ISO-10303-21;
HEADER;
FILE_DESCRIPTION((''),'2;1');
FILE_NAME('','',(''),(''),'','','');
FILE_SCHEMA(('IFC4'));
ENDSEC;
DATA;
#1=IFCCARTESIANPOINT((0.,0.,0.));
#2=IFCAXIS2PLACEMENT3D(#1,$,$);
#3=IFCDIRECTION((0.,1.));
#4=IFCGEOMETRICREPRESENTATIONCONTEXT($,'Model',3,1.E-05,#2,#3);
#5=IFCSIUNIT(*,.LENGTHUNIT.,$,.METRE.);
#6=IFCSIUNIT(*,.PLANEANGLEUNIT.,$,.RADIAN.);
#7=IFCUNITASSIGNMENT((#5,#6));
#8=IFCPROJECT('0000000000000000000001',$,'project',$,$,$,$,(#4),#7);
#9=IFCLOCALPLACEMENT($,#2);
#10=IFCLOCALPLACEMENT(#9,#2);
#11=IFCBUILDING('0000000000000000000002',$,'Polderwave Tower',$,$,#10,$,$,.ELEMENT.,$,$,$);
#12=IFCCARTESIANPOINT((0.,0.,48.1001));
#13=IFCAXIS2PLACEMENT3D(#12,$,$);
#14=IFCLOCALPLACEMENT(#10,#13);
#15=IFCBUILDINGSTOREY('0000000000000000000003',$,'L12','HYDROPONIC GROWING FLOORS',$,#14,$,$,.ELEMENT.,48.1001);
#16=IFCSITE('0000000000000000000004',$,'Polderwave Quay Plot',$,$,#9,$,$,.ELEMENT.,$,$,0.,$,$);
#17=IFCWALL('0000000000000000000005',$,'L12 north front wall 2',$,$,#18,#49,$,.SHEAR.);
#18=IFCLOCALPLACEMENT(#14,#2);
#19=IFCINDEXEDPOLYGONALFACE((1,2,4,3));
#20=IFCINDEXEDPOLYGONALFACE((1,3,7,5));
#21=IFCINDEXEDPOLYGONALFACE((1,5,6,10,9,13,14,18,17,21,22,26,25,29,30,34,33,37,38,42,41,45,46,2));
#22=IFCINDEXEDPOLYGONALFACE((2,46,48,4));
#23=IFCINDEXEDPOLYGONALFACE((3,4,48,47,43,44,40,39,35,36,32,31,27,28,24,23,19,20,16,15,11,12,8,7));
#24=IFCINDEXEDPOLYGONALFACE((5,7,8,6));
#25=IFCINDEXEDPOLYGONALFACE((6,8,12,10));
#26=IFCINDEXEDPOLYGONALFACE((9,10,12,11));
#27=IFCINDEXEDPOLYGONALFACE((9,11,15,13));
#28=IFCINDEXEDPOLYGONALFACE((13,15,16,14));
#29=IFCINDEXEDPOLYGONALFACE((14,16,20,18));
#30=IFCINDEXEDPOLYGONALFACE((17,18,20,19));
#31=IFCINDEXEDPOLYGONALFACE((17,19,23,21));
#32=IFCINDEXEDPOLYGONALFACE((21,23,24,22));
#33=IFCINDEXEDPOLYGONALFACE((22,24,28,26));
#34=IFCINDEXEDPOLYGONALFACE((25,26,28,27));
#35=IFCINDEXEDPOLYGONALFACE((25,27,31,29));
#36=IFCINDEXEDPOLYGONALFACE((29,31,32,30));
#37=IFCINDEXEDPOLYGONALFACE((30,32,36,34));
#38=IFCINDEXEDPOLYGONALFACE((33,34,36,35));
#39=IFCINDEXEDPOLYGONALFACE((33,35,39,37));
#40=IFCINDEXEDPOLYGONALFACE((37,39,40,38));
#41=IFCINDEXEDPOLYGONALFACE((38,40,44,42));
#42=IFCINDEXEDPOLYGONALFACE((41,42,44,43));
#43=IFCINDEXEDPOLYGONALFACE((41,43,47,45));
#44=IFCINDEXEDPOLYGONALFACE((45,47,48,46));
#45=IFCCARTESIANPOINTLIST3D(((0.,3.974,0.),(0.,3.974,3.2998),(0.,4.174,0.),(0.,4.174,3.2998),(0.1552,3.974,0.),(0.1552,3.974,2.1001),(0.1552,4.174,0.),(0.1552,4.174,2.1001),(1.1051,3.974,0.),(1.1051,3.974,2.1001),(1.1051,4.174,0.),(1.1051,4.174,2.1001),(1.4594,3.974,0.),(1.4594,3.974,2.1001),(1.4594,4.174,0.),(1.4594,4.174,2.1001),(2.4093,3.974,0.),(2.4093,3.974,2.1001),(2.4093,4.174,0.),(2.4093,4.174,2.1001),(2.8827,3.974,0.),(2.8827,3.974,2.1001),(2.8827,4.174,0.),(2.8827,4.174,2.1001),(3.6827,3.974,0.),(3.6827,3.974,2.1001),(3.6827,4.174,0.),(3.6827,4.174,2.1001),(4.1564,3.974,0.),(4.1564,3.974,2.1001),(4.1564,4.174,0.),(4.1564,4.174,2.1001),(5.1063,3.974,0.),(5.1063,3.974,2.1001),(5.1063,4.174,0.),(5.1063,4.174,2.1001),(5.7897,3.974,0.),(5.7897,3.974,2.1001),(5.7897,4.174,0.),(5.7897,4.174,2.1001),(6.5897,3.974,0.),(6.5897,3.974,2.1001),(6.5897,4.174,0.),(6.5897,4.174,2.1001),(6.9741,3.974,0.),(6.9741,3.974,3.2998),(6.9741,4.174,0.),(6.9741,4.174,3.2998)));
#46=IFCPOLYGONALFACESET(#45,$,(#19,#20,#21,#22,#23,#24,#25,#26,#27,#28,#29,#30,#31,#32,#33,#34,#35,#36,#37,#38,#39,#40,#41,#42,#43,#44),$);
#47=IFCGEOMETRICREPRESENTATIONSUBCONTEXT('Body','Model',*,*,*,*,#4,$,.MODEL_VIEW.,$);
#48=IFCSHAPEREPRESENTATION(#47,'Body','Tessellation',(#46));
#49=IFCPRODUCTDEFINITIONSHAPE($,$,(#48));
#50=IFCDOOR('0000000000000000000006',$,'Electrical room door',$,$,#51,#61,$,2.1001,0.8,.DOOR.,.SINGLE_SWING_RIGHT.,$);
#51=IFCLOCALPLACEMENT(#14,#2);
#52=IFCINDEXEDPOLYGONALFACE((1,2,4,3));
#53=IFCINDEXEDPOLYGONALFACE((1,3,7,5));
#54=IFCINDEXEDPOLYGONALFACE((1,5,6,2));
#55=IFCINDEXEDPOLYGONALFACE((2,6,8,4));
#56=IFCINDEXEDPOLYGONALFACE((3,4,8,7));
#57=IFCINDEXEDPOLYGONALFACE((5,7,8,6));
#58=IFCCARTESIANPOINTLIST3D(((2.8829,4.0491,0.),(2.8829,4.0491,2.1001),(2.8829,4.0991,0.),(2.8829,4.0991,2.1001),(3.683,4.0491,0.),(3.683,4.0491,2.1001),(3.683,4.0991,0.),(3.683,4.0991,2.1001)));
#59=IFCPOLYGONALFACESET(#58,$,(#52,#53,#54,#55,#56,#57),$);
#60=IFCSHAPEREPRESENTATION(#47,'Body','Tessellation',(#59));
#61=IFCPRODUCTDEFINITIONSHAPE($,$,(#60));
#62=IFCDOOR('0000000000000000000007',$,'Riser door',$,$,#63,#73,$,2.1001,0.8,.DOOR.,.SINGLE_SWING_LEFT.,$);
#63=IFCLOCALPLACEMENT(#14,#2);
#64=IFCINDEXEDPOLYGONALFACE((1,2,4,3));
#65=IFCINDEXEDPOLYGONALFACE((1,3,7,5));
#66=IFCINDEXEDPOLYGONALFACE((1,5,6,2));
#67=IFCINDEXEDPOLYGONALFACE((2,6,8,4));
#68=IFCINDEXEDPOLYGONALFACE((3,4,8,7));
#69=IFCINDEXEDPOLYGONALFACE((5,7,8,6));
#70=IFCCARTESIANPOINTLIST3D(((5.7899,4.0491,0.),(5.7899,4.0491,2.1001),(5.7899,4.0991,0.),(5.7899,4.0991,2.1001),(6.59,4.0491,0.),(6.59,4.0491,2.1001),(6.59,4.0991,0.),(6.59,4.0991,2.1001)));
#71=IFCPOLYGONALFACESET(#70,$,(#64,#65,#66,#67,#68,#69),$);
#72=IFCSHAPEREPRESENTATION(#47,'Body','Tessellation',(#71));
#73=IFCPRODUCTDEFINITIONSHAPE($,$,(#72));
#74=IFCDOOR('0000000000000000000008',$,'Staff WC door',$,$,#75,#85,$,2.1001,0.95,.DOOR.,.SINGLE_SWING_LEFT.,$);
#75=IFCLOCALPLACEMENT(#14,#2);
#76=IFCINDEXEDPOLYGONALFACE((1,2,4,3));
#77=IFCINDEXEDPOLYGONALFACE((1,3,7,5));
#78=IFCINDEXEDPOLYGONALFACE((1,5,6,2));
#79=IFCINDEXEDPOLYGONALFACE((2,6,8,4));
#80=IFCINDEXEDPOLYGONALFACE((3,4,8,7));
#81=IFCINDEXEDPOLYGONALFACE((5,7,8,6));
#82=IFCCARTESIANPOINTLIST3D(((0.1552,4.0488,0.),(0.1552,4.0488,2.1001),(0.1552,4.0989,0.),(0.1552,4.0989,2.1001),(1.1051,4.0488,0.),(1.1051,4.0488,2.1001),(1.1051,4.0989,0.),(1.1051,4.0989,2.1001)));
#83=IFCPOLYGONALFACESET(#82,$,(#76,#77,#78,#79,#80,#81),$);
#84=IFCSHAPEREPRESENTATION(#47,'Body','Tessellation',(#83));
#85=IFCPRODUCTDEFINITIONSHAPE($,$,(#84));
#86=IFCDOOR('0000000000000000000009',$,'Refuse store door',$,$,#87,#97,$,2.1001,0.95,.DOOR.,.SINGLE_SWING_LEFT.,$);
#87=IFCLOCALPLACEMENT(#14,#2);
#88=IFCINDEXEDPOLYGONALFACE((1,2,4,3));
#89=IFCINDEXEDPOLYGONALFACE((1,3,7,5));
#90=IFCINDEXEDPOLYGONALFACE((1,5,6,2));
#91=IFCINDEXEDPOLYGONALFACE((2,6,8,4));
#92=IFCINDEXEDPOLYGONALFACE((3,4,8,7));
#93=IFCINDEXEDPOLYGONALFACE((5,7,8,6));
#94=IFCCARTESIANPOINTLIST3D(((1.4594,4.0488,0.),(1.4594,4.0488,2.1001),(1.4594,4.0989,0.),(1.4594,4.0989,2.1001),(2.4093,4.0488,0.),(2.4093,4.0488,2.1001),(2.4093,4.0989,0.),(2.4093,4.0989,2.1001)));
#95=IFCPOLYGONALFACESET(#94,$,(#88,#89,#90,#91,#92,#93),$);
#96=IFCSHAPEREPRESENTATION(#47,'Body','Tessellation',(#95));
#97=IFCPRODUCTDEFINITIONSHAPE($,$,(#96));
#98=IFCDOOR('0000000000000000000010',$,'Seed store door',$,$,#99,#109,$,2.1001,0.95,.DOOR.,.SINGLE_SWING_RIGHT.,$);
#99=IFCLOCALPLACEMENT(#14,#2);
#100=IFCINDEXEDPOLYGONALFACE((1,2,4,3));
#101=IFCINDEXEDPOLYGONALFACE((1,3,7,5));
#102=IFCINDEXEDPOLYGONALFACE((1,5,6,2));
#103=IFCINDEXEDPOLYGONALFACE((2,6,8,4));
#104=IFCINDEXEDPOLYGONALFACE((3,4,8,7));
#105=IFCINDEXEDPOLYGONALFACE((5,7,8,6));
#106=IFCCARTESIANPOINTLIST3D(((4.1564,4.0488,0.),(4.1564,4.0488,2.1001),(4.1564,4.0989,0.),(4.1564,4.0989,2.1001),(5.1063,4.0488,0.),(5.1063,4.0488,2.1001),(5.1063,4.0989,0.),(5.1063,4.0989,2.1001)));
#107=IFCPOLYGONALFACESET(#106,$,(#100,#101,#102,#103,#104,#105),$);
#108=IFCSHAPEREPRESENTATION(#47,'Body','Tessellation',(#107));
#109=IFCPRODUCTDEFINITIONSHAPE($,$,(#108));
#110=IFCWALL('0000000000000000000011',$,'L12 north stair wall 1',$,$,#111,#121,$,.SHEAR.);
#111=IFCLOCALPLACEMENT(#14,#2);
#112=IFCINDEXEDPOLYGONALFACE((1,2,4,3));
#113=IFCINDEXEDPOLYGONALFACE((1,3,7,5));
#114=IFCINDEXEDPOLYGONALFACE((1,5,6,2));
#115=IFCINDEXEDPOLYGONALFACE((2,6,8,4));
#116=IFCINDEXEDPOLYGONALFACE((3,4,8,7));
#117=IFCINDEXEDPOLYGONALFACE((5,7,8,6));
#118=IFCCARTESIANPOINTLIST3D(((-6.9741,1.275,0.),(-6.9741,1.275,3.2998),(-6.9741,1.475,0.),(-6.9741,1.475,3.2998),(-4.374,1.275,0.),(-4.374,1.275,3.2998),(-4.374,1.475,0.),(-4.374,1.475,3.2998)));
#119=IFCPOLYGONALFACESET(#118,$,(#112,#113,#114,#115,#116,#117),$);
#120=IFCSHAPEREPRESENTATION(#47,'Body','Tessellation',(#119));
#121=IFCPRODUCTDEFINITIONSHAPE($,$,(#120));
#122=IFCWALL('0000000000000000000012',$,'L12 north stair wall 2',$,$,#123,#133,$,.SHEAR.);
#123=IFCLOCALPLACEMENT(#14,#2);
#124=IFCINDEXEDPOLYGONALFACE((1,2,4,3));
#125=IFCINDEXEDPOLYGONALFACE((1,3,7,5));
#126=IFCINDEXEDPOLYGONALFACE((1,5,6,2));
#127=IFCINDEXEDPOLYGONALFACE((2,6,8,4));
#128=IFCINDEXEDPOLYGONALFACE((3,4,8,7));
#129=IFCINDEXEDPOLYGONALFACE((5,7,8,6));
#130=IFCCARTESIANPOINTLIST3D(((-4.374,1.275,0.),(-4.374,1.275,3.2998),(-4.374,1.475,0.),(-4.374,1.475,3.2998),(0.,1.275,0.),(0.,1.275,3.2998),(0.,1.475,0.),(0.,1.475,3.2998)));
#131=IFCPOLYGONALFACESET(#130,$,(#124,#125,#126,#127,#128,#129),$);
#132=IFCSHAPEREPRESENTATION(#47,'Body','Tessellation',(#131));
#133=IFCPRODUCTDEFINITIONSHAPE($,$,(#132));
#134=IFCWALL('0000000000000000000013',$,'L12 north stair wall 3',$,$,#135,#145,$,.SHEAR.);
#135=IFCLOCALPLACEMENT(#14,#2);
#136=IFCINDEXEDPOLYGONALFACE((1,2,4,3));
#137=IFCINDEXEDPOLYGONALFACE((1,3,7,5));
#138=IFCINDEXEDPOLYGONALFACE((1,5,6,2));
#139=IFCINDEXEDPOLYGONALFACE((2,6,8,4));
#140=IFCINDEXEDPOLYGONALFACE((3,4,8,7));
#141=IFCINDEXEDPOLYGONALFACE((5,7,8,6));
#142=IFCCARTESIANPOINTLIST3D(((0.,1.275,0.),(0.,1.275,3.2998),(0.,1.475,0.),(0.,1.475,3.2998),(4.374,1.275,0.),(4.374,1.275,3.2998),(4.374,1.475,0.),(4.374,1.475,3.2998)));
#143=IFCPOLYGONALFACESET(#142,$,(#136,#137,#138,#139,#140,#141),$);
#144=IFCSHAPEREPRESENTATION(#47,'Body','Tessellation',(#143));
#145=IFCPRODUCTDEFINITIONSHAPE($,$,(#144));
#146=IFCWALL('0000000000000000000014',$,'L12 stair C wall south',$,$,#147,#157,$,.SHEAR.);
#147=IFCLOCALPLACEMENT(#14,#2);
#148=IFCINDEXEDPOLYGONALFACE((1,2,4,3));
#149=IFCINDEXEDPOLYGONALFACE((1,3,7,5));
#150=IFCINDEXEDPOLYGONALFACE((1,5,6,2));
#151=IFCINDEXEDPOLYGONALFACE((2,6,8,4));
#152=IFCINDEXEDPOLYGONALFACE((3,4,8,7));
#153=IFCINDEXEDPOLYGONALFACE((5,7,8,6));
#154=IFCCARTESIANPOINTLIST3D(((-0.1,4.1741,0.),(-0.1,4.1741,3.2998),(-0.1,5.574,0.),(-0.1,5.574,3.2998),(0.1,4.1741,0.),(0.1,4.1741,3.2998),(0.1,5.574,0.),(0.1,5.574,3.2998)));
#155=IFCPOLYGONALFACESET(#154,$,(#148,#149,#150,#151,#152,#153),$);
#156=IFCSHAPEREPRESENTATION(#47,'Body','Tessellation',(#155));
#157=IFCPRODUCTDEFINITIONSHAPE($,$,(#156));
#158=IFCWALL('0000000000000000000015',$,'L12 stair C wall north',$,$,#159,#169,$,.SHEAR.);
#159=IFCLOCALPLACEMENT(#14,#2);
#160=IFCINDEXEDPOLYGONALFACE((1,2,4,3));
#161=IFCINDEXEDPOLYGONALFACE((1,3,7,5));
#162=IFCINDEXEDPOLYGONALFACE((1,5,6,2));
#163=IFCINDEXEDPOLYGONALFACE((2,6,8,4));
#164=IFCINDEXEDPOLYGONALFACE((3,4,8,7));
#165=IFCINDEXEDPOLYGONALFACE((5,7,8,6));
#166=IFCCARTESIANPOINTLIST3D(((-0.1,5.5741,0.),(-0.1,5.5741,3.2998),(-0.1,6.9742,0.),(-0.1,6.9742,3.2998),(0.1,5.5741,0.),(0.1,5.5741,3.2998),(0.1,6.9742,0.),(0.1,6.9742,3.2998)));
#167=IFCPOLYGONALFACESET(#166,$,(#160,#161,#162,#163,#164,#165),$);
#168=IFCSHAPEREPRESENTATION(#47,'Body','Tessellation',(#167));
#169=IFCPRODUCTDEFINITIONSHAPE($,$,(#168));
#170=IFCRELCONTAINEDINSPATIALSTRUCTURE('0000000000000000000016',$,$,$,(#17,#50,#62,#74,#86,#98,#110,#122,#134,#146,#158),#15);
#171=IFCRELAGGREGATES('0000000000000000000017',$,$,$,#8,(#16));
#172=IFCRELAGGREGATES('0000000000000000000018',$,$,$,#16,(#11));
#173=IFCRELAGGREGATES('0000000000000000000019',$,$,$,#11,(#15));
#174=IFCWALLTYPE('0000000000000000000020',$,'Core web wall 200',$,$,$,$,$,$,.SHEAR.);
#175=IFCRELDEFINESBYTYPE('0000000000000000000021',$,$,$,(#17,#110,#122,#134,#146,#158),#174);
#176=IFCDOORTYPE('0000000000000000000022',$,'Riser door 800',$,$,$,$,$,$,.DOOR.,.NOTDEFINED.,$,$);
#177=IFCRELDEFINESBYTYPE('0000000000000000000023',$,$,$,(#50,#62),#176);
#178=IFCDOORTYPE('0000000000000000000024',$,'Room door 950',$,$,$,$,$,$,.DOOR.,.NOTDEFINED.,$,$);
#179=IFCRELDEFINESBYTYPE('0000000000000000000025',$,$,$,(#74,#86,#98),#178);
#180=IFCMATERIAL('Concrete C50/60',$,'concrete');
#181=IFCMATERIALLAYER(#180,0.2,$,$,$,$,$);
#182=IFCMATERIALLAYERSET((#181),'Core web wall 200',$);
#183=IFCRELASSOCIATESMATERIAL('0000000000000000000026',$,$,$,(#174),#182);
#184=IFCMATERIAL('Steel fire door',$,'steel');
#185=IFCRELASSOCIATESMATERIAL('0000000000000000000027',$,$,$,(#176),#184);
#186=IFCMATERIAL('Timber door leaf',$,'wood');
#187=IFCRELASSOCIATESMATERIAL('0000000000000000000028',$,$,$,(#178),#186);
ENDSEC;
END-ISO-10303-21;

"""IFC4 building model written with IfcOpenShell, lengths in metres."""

from ifc_helpers import new_model, si_unit, direction, frame, frame_2d, origin, place, context, subcontext, project, spatial, rectangle, extrude, material, layer, layer_set, type_object, element, fill, save


model = new_model("IFC4")

# Units and contexts
model_context = context("Model", 3, precision=1e-05, world=origin(), true_north=direction((0.0, 1.0)))
body_context = subcontext(model_context, "Body", "Model", "MODEL_VIEW")
ifc_project = project(units=[si_unit("LENGTHUNIT", "METRE"), si_unit("PLANEANGLEUNIT", "RADIAN")], contexts=[model_context])

# Site, building, storey
site_placement = place(None, origin())
site = spatial("IfcSite", under=ifc_project, at=site_placement, Name="Polderwave Quay Plot", CompositionType="ELEMENT", RefElevation=0.0)
building_placement = place(site_placement, origin())
building = spatial("IfcBuilding", under=site, at=building_placement, Name="Polderwave Tower", CompositionType="ELEMENT")
storey_placement = place(building_placement, frame((0.0, 0.0, 48.1001)))
storey = spatial("IfcBuildingStorey", under=building, at=storey_placement, Name="L12", Description="HYDROPONIC GROWING FLOORS", CompositionType="ELEMENT", Elevation=48.1001)

# Shared definitions
ifc_material_1 = material(Name="Steel fire door", Category="steel")

# Shared definitions
ifc_material_2 = material(Name="Concrete C50/60", Category="concrete")
ifc_layer_1 = layer(ifc_material_2, 0.2)
ifc_layer_set_1 = layer_set([ifc_layer_1], Name="Core web wall 200")
wall_type_1 = type_object("IfcWallType", Name="Core web wall 200", PredefinedType="SHEAR", material=ifc_layer_set_1)

# Wall, openings, doors
wall_1_placement = place(storey_placement, frame((0.0, 4.074, 0.0), z_axis=(0.0, 0.0, 1.0), x_axis=(1.0, 0.0, 0.0)))
wall_1 = element("IfcWall", 1, at=wall_1_placement, inside=storey, type_object=wall_type_1, Name="L12 north front wall 2", PredefinedType="SHEAR", context=body_context, shape_type="SweptSolid", body=[
    extrude(rectangle(XDim=6.9741, YDim=0.2, at=frame_2d((3.4871, 0.0))), origin(), (0.0, 0.0, 1.0), 3.2998),
])
opening_1_placement = place(wall_1_placement, frame((0.155, 0.0, 0.0)))
opening_1 = element("IfcOpeningElement", 2, at=opening_1_placement, cuts=wall_1, PredefinedType="OPENING", context=body_context, shape_type="SweptSolid", body=[
    extrude(rectangle(XDim=0.95, YDim=2.1001, at=frame_2d((0.4751, 1.05))), frame((0.0, 0.1099, 0.0), z_axis=(0.0, -1.0, 0.0), x_axis=(1.0, 0.0, 0.0)), (0.0, 0.0, 1.0), 0.22),
])
opening_2_placement = place(wall_1_placement, frame((1.4592, 0.0, 0.0)))
opening_2 = element("IfcOpeningElement", 3, at=opening_2_placement, cuts=wall_1, PredefinedType="OPENING", context=body_context, shape_type="SweptSolid", body=[
    extrude(rectangle(XDim=0.95, YDim=2.1001, at=frame_2d((0.4751, 1.05))), frame((0.0, 0.1099, 0.0), z_axis=(0.0, -1.0, 0.0), x_axis=(1.0, 0.0, 0.0)), (0.0, 0.0, 1.0), 0.22),
])
opening_3_placement = place(wall_1_placement, frame((2.8828, 0.0, 0.0)))
opening_3 = element("IfcOpeningElement", 4, at=opening_3_placement, cuts=wall_1, PredefinedType="OPENING", context=body_context, shape_type="SweptSolid", body=[
    extrude(rectangle(XDim=0.8, YDim=2.1001, at=frame_2d((0.3999, 1.05))), frame((0.0, 0.1099, 0.0), z_axis=(0.0, -1.0, 0.0), x_axis=(1.0, 0.0, 0.0)), (0.0, 0.0, 1.0), 0.22),
])
opening_4_placement = place(wall_1_placement, frame((4.1562, 0.0, 0.0)))
opening_4 = element("IfcOpeningElement", 5, at=opening_4_placement, cuts=wall_1, PredefinedType="OPENING", context=body_context, shape_type="SweptSolid", body=[
    extrude(rectangle(XDim=0.95, YDim=2.1001, at=frame_2d((0.4751, 1.05))), frame((0.0, 0.1099, 0.0), z_axis=(0.0, -1.0, 0.0), x_axis=(1.0, 0.0, 0.0)), (0.0, 0.0, 1.0), 0.22),
])
opening_5_placement = place(wall_1_placement, frame((5.7898, 0.0, 0.0)))
opening_5 = element("IfcOpeningElement", 6, at=opening_5_placement, cuts=wall_1, PredefinedType="OPENING", context=body_context, shape_type="SweptSolid", body=[
    extrude(rectangle(XDim=0.8, YDim=2.1001, at=frame_2d((0.3999, 1.05))), frame((0.0, 0.1099, 0.0), z_axis=(0.0, -1.0, 0.0), x_axis=(1.0, 0.0, 0.0)), (0.0, 0.0, 1.0), 0.22),
])
door_type_1 = type_object("IfcDoorType", Name="Riser door 800", OperationType="NOTDEFINED", PredefinedType="DOOR", material=ifc_material_1)
door_1_placement = place(opening_3_placement, frame((0.8, 0.0, 0.0), z_axis=(0.0, 0.0, 1.0), x_axis=(-1.0, 0.0, 0.0)))
door_1 = element("IfcDoor", 7, at=door_1_placement, inside=storey, type_object=door_type_1, Name="Electrical room door", OperationType="SINGLE_SWING_RIGHT", OverallHeight=2.1001, OverallWidth=0.8, PredefinedType="DOOR", context=body_context, shape_type="SweptSolid", body=[
    extrude(rectangle(XDim=0.8, YDim=2.1001, at=frame_2d((0.3999, 1.05))), frame((0.0, 0.0249, 0.0), z_axis=(0.0, -1.0, 0.0), x_axis=(1.0, 0.0, 0.0)), (0.0, 0.0, 1.0), 0.05),
])
fill(opening_3, door_1)
door_2_placement = place(opening_5_placement, frame((0.8, 0.0, 0.0), z_axis=(0.0, 0.0, 1.0), x_axis=(-1.0, 0.0, 0.0)))
door_2 = element("IfcDoor", 8, at=door_2_placement, inside=storey, type_object=door_type_1, Name="Riser door", OperationType="SINGLE_SWING_LEFT", OverallHeight=2.1001, OverallWidth=0.8, PredefinedType="DOOR", context=body_context, shape_type="SweptSolid", body=[
    extrude(rectangle(XDim=0.8, YDim=2.1001, at=frame_2d((0.3999, 1.05))), frame((0.0, 0.0249, 0.0), z_axis=(0.0, -1.0, 0.0), x_axis=(1.0, 0.0, 0.0)), (0.0, 0.0, 1.0), 0.05),
])
fill(opening_5, door_2)
ifc_material_3 = material(Name="Timber door leaf", Category="wood")
door_type_2 = type_object("IfcDoorType", Name="Room door 950", OperationType="NOTDEFINED", PredefinedType="DOOR", material=ifc_material_3)
door_3_placement = place(opening_1_placement, origin())
door_3 = element("IfcDoor", 9, at=door_3_placement, inside=storey, type_object=door_type_2, Name="Staff WC door", OperationType="SINGLE_SWING_LEFT", OverallHeight=2.1001, OverallWidth=0.95, PredefinedType="DOOR", context=body_context, shape_type="SweptSolid", body=[
    extrude(rectangle(XDim=0.95, YDim=2.1001, at=frame_2d((0.4751, 1.05))), frame((0.0, 0.0249, 0.0), z_axis=(0.0, -1.0, 0.0), x_axis=(1.0, 0.0, 0.0)), (0.0, 0.0, 1.0), 0.05),
])
fill(opening_1, door_3)
door_4_placement = place(opening_2_placement, origin())
door_4 = element("IfcDoor", 10, at=door_4_placement, inside=storey, type_object=door_type_2, Name="Refuse store door", OperationType="SINGLE_SWING_LEFT", OverallHeight=2.1001, OverallWidth=0.95, PredefinedType="DOOR", context=body_context, shape_type="SweptSolid", body=[
    extrude(rectangle(XDim=0.95, YDim=2.1001, at=frame_2d((0.4751, 1.05))), frame((0.0, 0.0249, 0.0), z_axis=(0.0, -1.0, 0.0), x_axis=(1.0, 0.0, 0.0)), (0.0, 0.0, 1.0), 0.05),
])
fill(opening_2, door_4)
door_5_placement = place(opening_4_placement, origin())
door_5 = element("IfcDoor", 11, at=door_5_placement, inside=storey, type_object=door_type_2, Name="Seed store door", OperationType="SINGLE_SWING_RIGHT", OverallHeight=2.1001, OverallWidth=0.95, PredefinedType="DOOR", context=body_context, shape_type="SweptSolid", body=[
    extrude(rectangle(XDim=0.95, YDim=2.1001, at=frame_2d((0.4751, 1.05))), frame((0.0, 0.0249, 0.0), z_axis=(0.0, -1.0, 0.0), x_axis=(1.0, 0.0, 0.0)), (0.0, 0.0, 1.0), 0.05),
])
fill(opening_4, door_5)

# Walls
wall_2_placement = place(storey_placement, frame((-6.9741, 1.375, 0.0), z_axis=(0.0, 0.0, 1.0), x_axis=(1.0, 0.0, 0.0)))
element("IfcWall", 12, at=wall_2_placement, inside=storey, type_object=wall_type_1, Name="L12 north stair wall 1", PredefinedType="SHEAR", context=body_context, shape_type="SweptSolid", body=[
    extrude(rectangle(XDim=2.6001, YDim=0.2, at=frame_2d((1.3, 0.0))), origin(), (0.0, 0.0, 1.0), 3.2998),
])
for number, where, z_axis, x_axis, name in (
    (13, (-4.374, 1.375, 0.0), (0.0, 0.0, 1.0), (1.0, 0.0, 0.0), "L12 north stair wall 2"),
    (14, (0.0, 1.375, 0.0), (0.0, 0.0, 1.0), (1.0, 0.0, 0.0), "L12 north stair wall 3"),
):
    element("IfcWall", number, at=place(storey_placement, frame(where, z_axis=z_axis, x_axis=x_axis)), inside=storey, type_object=wall_type_1, Name=name, PredefinedType="SHEAR", context=body_context, shape_type="SweptSolid", body=[
        extrude(rectangle(XDim=4.374, YDim=0.2, at=frame_2d((2.187, 0.0))), origin(), (0.0, 0.0, 1.0), 3.2998),
    ])
wall_3_placement = place(storey_placement, frame((0.0, 4.1741, 0.0), z_axis=(0.0, 0.0, 1.0), x_axis=(0.0, 1.0, 0.0)))
element("IfcWall", 15, at=wall_3_placement, inside=storey, type_object=wall_type_1, Name="L12 stair C wall south", PredefinedType="SHEAR", context=body_context, shape_type="SweptSolid", body=[
    extrude(rectangle(XDim=1.3999, YDim=0.2, at=frame_2d((0.7, 0.0))), origin(), (0.0, 0.0, 1.0), 3.2998),
])
wall_4_placement = place(storey_placement, frame((0.0, 5.574, 0.0), z_axis=(0.0, 0.0, 1.0), x_axis=(0.0, 1.0, 0.0)))
element("IfcWall", 16, at=wall_4_placement, inside=storey, type_object=wall_type_1, Name="L12 stair C wall north", PredefinedType="SHEAR", context=body_context, shape_type="SweptSolid", body=[
    extrude(rectangle(XDim=1.4001, YDim=0.2, at=frame_2d((0.7002, 0.0))), origin(), (0.0, 0.0, 1.0), 3.2998),
])

save(model, "model.ifc")
